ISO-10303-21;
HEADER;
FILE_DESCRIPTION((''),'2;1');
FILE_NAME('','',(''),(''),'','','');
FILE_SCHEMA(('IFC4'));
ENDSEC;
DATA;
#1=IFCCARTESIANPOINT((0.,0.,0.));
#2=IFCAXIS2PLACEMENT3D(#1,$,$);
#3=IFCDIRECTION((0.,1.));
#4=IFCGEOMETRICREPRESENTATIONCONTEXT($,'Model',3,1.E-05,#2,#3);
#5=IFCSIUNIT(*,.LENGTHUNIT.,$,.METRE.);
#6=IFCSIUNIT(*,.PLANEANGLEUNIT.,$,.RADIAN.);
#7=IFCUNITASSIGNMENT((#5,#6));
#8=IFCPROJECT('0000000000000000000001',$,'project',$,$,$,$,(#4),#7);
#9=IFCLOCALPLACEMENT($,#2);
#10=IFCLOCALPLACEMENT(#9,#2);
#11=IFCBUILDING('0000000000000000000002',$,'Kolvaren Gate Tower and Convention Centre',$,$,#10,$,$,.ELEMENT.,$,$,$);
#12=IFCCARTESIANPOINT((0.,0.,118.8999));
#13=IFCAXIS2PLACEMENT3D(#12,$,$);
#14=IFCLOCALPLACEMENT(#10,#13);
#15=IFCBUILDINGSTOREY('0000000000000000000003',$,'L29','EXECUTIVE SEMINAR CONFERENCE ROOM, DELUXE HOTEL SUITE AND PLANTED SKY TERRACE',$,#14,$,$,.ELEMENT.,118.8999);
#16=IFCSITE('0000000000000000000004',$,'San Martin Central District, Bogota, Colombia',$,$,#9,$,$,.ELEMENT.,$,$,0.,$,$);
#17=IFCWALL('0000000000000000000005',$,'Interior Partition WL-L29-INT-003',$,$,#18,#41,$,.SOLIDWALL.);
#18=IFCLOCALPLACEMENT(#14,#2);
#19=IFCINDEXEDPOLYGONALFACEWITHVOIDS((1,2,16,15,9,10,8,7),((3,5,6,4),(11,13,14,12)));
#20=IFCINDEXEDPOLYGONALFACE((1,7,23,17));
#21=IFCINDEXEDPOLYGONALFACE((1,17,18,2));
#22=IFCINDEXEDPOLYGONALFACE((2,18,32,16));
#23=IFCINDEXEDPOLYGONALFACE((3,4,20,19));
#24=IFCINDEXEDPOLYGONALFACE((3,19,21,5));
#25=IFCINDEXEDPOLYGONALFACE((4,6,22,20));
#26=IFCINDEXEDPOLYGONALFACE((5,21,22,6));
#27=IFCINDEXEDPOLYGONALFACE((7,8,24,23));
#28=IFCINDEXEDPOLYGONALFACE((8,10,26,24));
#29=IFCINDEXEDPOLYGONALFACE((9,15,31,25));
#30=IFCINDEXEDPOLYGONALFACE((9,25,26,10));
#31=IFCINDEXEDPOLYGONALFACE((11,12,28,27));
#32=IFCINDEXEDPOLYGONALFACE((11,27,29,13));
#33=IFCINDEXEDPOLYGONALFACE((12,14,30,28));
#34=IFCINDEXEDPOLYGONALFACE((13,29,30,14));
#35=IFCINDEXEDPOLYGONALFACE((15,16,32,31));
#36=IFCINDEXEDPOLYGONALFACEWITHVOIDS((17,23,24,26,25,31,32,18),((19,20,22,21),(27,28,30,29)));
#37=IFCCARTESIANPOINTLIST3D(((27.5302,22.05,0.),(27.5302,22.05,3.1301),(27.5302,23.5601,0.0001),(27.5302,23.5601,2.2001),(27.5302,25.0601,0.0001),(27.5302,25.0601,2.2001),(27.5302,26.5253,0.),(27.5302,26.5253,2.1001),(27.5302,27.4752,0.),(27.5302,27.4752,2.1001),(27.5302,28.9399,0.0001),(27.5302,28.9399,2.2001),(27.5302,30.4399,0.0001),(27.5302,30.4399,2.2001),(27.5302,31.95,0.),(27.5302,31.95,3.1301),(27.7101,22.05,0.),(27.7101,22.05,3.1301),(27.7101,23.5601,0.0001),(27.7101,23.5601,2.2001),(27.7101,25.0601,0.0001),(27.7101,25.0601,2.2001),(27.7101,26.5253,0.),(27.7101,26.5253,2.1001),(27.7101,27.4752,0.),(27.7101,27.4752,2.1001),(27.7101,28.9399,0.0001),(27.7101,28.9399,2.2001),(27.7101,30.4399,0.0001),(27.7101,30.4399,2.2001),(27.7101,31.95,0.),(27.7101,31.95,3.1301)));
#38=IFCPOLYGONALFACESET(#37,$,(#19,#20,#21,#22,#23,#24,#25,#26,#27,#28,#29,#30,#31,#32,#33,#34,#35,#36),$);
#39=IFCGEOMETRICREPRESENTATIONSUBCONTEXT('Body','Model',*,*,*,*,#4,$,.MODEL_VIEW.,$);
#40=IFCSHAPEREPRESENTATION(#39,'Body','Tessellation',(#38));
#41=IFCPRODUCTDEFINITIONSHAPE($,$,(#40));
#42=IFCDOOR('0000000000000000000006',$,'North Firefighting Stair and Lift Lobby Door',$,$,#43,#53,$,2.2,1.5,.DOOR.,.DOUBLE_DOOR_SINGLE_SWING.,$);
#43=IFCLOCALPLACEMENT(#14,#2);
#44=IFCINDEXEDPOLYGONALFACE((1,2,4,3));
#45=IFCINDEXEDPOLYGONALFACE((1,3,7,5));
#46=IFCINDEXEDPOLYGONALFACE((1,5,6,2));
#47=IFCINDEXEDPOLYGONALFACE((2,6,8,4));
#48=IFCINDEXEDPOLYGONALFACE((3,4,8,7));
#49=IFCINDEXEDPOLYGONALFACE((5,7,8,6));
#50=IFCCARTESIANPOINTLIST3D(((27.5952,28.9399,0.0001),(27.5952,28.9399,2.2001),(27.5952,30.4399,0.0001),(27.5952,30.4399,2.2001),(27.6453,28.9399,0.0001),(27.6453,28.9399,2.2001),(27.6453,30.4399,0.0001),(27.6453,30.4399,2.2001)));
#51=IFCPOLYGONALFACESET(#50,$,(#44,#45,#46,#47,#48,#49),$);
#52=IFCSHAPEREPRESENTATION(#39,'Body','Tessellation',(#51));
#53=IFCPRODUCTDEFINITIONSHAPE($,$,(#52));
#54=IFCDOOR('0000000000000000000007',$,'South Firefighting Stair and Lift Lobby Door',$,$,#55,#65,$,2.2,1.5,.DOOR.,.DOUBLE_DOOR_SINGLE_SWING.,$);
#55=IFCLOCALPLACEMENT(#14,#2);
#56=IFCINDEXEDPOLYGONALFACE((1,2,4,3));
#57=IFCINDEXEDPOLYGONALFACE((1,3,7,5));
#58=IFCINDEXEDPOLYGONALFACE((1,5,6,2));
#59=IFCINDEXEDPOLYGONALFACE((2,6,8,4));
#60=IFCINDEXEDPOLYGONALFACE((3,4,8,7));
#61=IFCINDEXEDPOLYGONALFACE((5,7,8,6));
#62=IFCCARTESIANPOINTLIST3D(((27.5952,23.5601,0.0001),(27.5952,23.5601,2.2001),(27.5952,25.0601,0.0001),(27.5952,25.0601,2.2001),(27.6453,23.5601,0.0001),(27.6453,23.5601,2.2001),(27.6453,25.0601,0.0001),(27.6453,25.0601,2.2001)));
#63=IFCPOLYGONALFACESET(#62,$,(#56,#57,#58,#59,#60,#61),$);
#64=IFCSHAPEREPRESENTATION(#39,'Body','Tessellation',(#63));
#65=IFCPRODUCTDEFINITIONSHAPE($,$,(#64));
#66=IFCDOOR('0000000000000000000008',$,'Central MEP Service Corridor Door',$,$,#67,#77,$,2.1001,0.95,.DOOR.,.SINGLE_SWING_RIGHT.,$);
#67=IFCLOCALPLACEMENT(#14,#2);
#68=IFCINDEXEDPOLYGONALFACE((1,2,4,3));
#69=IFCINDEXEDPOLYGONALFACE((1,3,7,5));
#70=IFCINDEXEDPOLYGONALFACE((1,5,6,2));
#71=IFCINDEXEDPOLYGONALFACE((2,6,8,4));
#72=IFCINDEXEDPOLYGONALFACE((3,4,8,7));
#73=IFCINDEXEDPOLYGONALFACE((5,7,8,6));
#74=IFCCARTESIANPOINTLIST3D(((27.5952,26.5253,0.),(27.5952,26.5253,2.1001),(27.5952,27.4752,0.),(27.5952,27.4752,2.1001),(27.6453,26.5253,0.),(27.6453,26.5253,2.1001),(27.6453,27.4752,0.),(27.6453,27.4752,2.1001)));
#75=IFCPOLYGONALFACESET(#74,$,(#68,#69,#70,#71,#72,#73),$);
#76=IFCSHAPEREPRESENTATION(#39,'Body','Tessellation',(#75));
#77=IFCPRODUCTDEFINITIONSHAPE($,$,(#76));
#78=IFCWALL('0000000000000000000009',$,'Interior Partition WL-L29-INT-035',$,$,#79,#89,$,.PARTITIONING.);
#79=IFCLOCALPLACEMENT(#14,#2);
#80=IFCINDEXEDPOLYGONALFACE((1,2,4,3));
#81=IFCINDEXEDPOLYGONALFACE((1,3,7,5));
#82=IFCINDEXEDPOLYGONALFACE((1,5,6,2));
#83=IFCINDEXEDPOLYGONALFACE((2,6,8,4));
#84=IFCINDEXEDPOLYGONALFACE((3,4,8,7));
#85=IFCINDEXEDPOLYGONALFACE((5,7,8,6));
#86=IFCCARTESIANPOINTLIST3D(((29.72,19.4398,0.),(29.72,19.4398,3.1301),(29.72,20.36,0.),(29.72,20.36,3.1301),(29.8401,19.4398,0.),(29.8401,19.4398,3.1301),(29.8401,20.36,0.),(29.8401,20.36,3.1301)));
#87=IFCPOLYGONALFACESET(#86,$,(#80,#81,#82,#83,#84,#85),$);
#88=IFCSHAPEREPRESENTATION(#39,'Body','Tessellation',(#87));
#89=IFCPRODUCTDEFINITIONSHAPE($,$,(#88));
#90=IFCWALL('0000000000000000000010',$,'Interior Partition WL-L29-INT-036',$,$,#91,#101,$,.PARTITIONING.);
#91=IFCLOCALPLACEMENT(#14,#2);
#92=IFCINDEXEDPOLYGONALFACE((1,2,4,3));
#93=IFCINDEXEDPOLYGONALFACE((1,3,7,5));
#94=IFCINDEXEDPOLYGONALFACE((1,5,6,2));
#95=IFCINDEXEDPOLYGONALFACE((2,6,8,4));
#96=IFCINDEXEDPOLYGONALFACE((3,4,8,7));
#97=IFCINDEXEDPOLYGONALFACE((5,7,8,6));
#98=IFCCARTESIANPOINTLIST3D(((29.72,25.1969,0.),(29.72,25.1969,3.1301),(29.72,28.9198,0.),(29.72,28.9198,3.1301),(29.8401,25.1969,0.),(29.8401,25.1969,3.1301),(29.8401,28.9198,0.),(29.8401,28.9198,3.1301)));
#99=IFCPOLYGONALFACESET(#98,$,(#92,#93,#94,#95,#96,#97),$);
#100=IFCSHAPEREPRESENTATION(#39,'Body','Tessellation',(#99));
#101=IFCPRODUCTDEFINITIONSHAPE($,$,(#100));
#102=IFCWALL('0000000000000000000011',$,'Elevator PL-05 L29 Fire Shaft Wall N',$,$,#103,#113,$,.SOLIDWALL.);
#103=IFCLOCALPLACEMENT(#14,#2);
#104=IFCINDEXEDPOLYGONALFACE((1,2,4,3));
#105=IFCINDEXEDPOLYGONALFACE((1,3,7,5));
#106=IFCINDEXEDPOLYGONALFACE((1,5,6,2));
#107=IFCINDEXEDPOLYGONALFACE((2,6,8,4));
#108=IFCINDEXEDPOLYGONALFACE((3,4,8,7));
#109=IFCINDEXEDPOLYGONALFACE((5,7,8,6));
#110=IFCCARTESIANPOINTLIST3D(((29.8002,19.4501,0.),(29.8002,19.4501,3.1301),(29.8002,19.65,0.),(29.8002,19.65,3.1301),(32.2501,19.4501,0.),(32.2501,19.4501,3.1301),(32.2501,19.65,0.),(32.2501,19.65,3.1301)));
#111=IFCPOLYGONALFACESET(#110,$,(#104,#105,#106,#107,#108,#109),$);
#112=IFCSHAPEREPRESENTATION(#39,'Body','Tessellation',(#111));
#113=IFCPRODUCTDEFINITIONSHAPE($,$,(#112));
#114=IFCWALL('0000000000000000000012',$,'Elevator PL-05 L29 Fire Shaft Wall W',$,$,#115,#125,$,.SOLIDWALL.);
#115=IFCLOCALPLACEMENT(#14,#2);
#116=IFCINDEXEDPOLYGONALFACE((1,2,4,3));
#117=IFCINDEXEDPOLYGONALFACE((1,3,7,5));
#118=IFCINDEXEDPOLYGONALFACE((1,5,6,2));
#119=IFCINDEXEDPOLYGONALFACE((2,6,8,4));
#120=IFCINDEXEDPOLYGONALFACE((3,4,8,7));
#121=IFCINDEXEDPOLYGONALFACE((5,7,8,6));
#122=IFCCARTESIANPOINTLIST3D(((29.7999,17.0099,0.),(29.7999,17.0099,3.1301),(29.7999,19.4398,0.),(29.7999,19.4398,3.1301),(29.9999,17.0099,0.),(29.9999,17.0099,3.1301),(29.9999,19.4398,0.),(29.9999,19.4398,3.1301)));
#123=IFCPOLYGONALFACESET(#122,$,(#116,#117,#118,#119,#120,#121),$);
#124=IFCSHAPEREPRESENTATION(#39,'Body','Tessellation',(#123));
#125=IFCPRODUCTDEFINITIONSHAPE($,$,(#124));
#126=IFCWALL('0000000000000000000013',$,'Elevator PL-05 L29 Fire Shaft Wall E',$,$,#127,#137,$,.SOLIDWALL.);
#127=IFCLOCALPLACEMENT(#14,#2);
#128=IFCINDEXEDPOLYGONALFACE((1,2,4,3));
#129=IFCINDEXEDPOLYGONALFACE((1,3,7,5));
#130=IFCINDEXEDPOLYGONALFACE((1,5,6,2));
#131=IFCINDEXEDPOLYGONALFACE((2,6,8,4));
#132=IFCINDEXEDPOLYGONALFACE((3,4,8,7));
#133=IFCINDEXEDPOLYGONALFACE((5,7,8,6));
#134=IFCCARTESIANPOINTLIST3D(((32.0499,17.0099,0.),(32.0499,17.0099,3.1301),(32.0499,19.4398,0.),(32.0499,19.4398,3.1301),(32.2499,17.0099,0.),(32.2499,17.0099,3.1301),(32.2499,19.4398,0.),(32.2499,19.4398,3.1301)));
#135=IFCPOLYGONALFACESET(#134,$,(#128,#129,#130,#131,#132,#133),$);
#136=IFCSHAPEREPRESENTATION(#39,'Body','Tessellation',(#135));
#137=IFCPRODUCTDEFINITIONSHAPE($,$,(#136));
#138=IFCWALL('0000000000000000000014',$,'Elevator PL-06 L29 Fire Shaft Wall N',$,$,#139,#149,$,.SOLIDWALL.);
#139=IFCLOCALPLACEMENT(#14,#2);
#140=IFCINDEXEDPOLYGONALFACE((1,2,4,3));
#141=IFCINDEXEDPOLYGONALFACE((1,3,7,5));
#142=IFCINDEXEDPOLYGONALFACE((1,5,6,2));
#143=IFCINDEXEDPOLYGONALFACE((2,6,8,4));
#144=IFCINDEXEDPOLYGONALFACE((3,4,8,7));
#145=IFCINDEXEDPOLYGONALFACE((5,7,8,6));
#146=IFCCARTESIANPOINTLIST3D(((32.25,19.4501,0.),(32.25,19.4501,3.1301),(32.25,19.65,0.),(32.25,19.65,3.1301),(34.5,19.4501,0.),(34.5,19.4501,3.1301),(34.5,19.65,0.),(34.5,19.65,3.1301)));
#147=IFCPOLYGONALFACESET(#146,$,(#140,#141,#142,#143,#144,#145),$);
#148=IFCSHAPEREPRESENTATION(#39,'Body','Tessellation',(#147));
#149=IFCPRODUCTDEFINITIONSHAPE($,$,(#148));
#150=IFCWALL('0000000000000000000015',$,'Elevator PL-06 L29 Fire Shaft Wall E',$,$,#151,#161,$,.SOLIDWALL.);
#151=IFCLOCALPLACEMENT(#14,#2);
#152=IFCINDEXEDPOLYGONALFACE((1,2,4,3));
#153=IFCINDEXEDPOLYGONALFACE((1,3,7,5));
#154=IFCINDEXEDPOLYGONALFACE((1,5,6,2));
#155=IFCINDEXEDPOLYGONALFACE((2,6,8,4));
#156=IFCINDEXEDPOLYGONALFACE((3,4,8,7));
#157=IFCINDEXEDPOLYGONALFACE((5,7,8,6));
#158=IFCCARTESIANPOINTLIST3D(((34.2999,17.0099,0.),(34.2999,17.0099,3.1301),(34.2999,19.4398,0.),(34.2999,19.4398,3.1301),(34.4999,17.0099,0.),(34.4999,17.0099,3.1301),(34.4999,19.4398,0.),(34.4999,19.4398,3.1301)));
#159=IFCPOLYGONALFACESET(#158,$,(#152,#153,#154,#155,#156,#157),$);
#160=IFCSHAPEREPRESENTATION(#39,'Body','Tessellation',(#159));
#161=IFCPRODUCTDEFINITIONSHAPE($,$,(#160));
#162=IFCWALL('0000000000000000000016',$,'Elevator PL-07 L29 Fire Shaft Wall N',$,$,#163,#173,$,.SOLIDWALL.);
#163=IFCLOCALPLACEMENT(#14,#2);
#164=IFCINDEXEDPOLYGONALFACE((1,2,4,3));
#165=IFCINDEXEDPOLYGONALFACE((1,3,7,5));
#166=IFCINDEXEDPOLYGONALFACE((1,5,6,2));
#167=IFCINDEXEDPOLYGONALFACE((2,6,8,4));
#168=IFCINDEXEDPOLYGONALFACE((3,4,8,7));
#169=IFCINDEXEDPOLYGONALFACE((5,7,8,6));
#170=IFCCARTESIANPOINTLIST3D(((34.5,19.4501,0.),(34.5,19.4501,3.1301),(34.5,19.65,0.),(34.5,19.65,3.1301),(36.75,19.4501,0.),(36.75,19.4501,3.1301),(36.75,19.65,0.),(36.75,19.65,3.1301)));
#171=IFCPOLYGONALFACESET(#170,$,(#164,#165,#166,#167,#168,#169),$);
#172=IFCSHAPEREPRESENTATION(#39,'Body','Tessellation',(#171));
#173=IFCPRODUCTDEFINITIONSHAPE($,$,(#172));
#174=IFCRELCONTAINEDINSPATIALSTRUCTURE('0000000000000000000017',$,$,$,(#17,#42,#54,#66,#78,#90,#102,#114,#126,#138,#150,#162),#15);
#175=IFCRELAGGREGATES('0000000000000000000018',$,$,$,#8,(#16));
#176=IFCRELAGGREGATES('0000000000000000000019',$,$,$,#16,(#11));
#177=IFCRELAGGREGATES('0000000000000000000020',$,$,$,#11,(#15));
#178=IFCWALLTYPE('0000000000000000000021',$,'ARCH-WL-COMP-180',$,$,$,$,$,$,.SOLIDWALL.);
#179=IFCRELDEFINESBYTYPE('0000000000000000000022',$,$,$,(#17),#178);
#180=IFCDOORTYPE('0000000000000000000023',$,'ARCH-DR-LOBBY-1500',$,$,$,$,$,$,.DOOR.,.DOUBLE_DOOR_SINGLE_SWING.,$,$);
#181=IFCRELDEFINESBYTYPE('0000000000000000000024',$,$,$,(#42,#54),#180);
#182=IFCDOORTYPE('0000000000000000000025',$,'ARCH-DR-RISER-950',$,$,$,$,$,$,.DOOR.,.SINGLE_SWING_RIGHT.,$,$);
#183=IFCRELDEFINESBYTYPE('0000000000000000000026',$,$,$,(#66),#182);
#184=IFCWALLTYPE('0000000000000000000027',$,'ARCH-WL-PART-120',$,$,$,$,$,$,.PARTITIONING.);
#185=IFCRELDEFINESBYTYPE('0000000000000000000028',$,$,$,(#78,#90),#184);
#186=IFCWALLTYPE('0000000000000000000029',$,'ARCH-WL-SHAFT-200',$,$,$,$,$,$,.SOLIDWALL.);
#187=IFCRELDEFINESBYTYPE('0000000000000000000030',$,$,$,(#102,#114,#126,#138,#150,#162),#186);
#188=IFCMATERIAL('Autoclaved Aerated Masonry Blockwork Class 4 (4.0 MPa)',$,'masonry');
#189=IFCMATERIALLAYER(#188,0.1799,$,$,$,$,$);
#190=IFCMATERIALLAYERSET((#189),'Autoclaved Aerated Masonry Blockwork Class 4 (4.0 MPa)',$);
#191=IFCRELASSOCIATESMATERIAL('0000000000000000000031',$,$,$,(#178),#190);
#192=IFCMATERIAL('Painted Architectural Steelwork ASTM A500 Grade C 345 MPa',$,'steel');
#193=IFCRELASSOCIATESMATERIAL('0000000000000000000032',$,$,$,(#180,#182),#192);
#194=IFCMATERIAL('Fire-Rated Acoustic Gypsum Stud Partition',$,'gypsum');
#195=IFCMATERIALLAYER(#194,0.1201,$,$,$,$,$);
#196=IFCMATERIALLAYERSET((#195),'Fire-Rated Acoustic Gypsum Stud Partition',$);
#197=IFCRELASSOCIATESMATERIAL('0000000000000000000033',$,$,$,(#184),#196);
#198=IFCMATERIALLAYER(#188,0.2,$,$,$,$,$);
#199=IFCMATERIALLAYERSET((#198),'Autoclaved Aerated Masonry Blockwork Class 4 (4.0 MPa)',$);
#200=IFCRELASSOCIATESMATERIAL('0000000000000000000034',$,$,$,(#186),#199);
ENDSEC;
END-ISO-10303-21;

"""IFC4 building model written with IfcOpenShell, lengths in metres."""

from ifc_helpers import new_model, si_unit, direction, frame, frame_2d, origin, place, context, subcontext, project, spatial, rectangle, extrude, material, layer, layer_set, type_object, element, fill, save


model = new_model("IFC4")

# Units and contexts
model_context = context("Model", 3, precision=1e-05, world=origin(), true_north=direction((0.0, 1.0)))
body_context = subcontext(model_context, "Body", "Model", "MODEL_VIEW")
ifc_project = project(units=[si_unit("LENGTHUNIT", "METRE"), si_unit("PLANEANGLEUNIT", "RADIAN")], contexts=[model_context])

# Site, building, storey
site_placement = place(None, origin())
site = spatial("IfcSite", under=ifc_project, at=site_placement, Name="San Martin Central District, Bogota, Colombia", CompositionType="ELEMENT", RefElevation=0.0)
building_placement = place(site_placement, origin())
building = spatial("IfcBuilding", under=site, at=building_placement, Name="Kolvaren Gate Tower and Convention Centre", CompositionType="ELEMENT")
storey_placement = place(building_placement, frame((0.0, 0.0, 118.8999)))
storey = spatial("IfcBuildingStorey", under=building, at=storey_placement, Name="L29", Description="EXECUTIVE SEMINAR CONFERENCE ROOM, DELUXE HOTEL SUITE AND PLANTED SKY TERRACE", CompositionType="ELEMENT", Elevation=118.8999)

# Wall, openings, doors
ifc_material_1 = material(Name="Autoclaved Aerated Masonry Blockwork Class 4 (4.0 MPa)", Category="masonry")
ifc_layer_1 = layer(ifc_material_1, 0.1799)
ifc_layer_set_1 = layer_set([ifc_layer_1], Name="Autoclaved Aerated Masonry Blockwork Class 4 (4.0 MPa)")
wall_type_1 = type_object("IfcWallType", Name="ARCH-WL-COMP-180", PredefinedType="SOLIDWALL", material=ifc_layer_set_1)
wall_1_placement = place(storey_placement, frame((27.6201, 22.05, 0.0), z_axis=(0.0, 0.0, 1.0), x_axis=(0.0, 1.0, 0.0)))
wall_1 = element("IfcWall", 1, at=wall_1_placement, inside=storey, type_object=wall_type_1, Name="Interior Partition WL-L29-INT-003", PredefinedType="SOLIDWALL", context=body_context, shape_type="SweptSolid", body=[
    extrude(rectangle(XDim=9.8999, YDim=0.1799, at=frame_2d((4.95, 0.0))), origin(), (0.0, 0.0, 1.0), 3.1301),
])
opening_1_placement = place(wall_1_placement, frame((4.4751, 0.0, 0.0)))
opening_1 = element("IfcOpeningElement", 2, at=opening_1_placement, cuts=wall_1, PredefinedType="OPENING", context=body_context, shape_type="SweptSolid", body=[
    extrude(rectangle(XDim=0.95, YDim=2.1001, at=frame_2d((0.4751, 1.05))), frame((0.0, 0.0999, 0.0), z_axis=(0.0, -1.0, 0.0), x_axis=(1.0, 0.0, 0.0)), (0.0, 0.0, 1.0), 0.2),
])
opening_2_placement = place(wall_1_placement, frame((6.8899, 0.0, 0.0)))
opening_2 = element("IfcOpeningElement", 3, at=opening_2_placement, cuts=wall_1, PredefinedType="OPENING", context=body_context, shape_type="SweptSolid", body=[
    extrude(rectangle(XDim=1.5, YDim=2.2, at=frame_2d((0.75, 1.1001))), frame((0.0, 0.0999, 0.0), z_axis=(0.0, -1.0, 0.0), x_axis=(1.0, 0.0, 0.0)), (0.0, 0.0, 1.0), 0.2),
])
opening_3_placement = place(wall_1_placement, frame((1.51, 0.0, 0.0)))
opening_3 = element("IfcOpeningElement", 4, at=opening_3_placement, cuts=wall_1, PredefinedType="OPENING", context=body_context, shape_type="SweptSolid", body=[
    extrude(rectangle(XDim=1.5, YDim=2.2, at=frame_2d((0.75, 1.1001))), frame((0.0, 0.0999, 0.0), z_axis=(0.0, -1.0, 0.0), x_axis=(1.0, 0.0, 0.0)), (0.0, 0.0, 1.0), 0.2),
])
ifc_material_2 = material(Name="Painted Architectural Steelwork ASTM A500 Grade C 345 MPa", Category="steel")
door_type_1 = type_object("IfcDoorType", Name="ARCH-DR-LOBBY-1500", OperationType="DOUBLE_DOOR_SINGLE_SWING", PredefinedType="DOOR", material=ifc_material_2)
door_1_placement = place(opening_2_placement, origin())
door_1 = element("IfcDoor", 5, at=door_1_placement, inside=storey, type_object=door_type_1, Name="North Firefighting Stair and Lift Lobby Door", OperationType="DOUBLE_DOOR_SINGLE_SWING", OverallHeight=2.2, OverallWidth=1.5, PredefinedType="DOOR", context=body_context, shape_type="SweptSolid", body=[
    extrude(rectangle(XDim=1.5, YDim=2.2, at=frame_2d((0.75, 1.1001))), frame((0.0, 0.0249, 0.0), z_axis=(0.0, -1.0, 0.0), x_axis=(1.0, 0.0, 0.0)), (0.0, 0.0, 1.0), 0.05),
])
fill(opening_2, door_1)
door_2_placement = place(opening_3_placement, origin())
door_2 = element("IfcDoor", 6, at=door_2_placement, inside=storey, type_object=door_type_1, Name="South Firefighting Stair and Lift Lobby Door", OperationType="DOUBLE_DOOR_SINGLE_SWING", OverallHeight=2.2, OverallWidth=1.5, PredefinedType="DOOR", context=body_context, shape_type="SweptSolid", body=[
    extrude(rectangle(XDim=1.5, YDim=2.2, at=frame_2d((0.75, 1.1001))), frame((0.0, 0.0249, 0.0), z_axis=(0.0, -1.0, 0.0), x_axis=(1.0, 0.0, 0.0)), (0.0, 0.0, 1.0), 0.05),
])
fill(opening_3, door_2)
door_type_2 = type_object("IfcDoorType", Name="ARCH-DR-RISER-950", OperationType="SINGLE_SWING_RIGHT", PredefinedType="DOOR", material=ifc_material_2)
door_3_placement = place(opening_1_placement, origin())
door_3 = element("IfcDoor", 7, at=door_3_placement, inside=storey, type_object=door_type_2, Name="Central MEP Service Corridor Door", OperationType="SINGLE_SWING_RIGHT", OverallHeight=2.1001, OverallWidth=0.95, PredefinedType="DOOR", context=body_context, shape_type="SweptSolid", body=[
    extrude(rectangle(XDim=0.95, YDim=2.1001, at=frame_2d((0.4751, 1.05))), frame((0.0, 0.0249, 0.0), z_axis=(0.0, -1.0, 0.0), x_axis=(1.0, 0.0, 0.0)), (0.0, 0.0, 1.0), 0.05),
])
fill(opening_1, door_3)

# Walls
ifc_material_3 = material(Name="Fire-Rated Acoustic Gypsum Stud Partition", Category="gypsum")
ifc_layer_2 = layer(ifc_material_3, 0.1201)
ifc_layer_set_2 = layer_set([ifc_layer_2], Name="Fire-Rated Acoustic Gypsum Stud Partition")
wall_type_2 = type_object("IfcWallType", Name="ARCH-WL-PART-120", PredefinedType="PARTITIONING", material=ifc_layer_set_2)
wall_2_placement = place(storey_placement, frame((29.78, 19.4399, 0.0), z_axis=(0.0, 0.0, 1.0), x_axis=(0.0, 1.0, 0.0)))
element("IfcWall", 8, at=wall_2_placement, inside=storey, type_object=wall_type_2, Name="Interior Partition WL-L29-INT-035", PredefinedType="PARTITIONING", context=body_context, shape_type="SweptSolid", body=[
    extrude(rectangle(XDim=0.9202, YDim=0.1201, at=frame_2d((0.46, 0.0))), origin(), (0.0, 0.0, 1.0), 3.1301),
])
wall_3_placement = place(storey_placement, frame((29.78, 25.197, 0.0), z_axis=(0.0, 0.0, 1.0), x_axis=(0.0, 1.0, 0.0)))
element("IfcWall", 9, at=wall_3_placement, inside=storey, type_object=wall_type_2, Name="Interior Partition WL-L29-INT-036", PredefinedType="PARTITIONING", context=body_context, shape_type="SweptSolid", body=[
    extrude(rectangle(XDim=3.7229, YDim=0.1201, at=frame_2d((1.8613, 0.0))), origin(), (0.0, 0.0, 1.0), 3.1301),
])
ifc_layer_3 = layer(ifc_material_1, 0.2)
ifc_layer_set_3 = layer_set([ifc_layer_3], Name="Autoclaved Aerated Masonry Blockwork Class 4 (4.0 MPa)")
wall_type_3 = type_object("IfcWallType", Name="ARCH-WL-SHAFT-200", PredefinedType="SOLIDWALL", material=ifc_layer_set_3)
wall_4_placement = place(storey_placement, frame((29.8, 19.55, 0.0), z_axis=(0.0, 0.0, 1.0), x_axis=(1.0, 0.0, 0.0)))
element("IfcWall", 10, at=wall_4_placement, inside=storey, type_object=wall_type_3, Name="Elevator PL-05 L29 Fire Shaft Wall N", PredefinedType="SOLIDWALL", context=body_context, shape_type="SweptSolid", body=[
    extrude(rectangle(XDim=2.45, YDim=0.2, at=frame_2d((1.2251, 0.0))), origin(), (0.0, 0.0, 1.0), 3.1301),
])
for number, where, z_axis, x_axis, name in (
    (11, (29.8999, 17.01, 0.0), (0.0, 0.0, 1.0), (0.0, 1.0, 0.0), "Elevator PL-05 L29 Fire Shaft Wall W"),
    (12, (32.1499, 17.01, 0.0), (0.0, 0.0, 1.0), (0.0, 1.0, 0.0), "Elevator PL-05 L29 Fire Shaft Wall E"),
):
    element("IfcWall", number, at=place(storey_placement, frame(where, z_axis=z_axis, x_axis=x_axis)), inside=storey, type_object=wall_type_3, Name=name, PredefinedType="SOLIDWALL", context=body_context, shape_type="SweptSolid", body=[
        extrude(rectangle(XDim=2.4299, YDim=0.2, at=frame_2d((1.2148, 0.0))), origin(), (0.0, 0.0, 1.0), 3.1301),
    ])
wall_5_placement = place(storey_placement, frame((32.25, 19.55, 0.0), z_axis=(0.0, 0.0, 1.0), x_axis=(1.0, 0.0, 0.0)))
element("IfcWall", 13, at=wall_5_placement, inside=storey, type_object=wall_type_3, Name="Elevator PL-06 L29 Fire Shaft Wall N", PredefinedType="SOLIDWALL", context=body_context, shape_type="SweptSolid", body=[
    extrude(rectangle(XDim=2.25, YDim=0.2, at=frame_2d((1.125, 0.0))), origin(), (0.0, 0.0, 1.0), 3.1301),
])
wall_6_placement = place(storey_placement, frame((34.3999, 17.01, 0.0), z_axis=(0.0, 0.0, 1.0), x_axis=(0.0, 1.0, 0.0)))
element("IfcWall", 14, at=wall_6_placement, inside=storey, type_object=wall_type_3, Name="Elevator PL-06 L29 Fire Shaft Wall E", PredefinedType="SOLIDWALL", context=body_context, shape_type="SweptSolid", body=[
    extrude(rectangle(XDim=2.4299, YDim=0.2, at=frame_2d((1.2148, 0.0))), origin(), (0.0, 0.0, 1.0), 3.1301),
])
wall_7_placement = place(storey_placement, frame((34.5, 19.55, 0.0), z_axis=(0.0, 0.0, 1.0), x_axis=(1.0, 0.0, 0.0)))
element("IfcWall", 15, at=wall_7_placement, inside=storey, type_object=wall_type_3, Name="Elevator PL-07 L29 Fire Shaft Wall N", PredefinedType="SOLIDWALL", context=body_context, shape_type="SweptSolid", body=[
    extrude(rectangle(XDim=2.25, YDim=0.2, at=frame_2d((1.125, 0.0))), origin(), (0.0, 0.0, 1.0), 3.1301),
])

save(model, "model.ifc")
